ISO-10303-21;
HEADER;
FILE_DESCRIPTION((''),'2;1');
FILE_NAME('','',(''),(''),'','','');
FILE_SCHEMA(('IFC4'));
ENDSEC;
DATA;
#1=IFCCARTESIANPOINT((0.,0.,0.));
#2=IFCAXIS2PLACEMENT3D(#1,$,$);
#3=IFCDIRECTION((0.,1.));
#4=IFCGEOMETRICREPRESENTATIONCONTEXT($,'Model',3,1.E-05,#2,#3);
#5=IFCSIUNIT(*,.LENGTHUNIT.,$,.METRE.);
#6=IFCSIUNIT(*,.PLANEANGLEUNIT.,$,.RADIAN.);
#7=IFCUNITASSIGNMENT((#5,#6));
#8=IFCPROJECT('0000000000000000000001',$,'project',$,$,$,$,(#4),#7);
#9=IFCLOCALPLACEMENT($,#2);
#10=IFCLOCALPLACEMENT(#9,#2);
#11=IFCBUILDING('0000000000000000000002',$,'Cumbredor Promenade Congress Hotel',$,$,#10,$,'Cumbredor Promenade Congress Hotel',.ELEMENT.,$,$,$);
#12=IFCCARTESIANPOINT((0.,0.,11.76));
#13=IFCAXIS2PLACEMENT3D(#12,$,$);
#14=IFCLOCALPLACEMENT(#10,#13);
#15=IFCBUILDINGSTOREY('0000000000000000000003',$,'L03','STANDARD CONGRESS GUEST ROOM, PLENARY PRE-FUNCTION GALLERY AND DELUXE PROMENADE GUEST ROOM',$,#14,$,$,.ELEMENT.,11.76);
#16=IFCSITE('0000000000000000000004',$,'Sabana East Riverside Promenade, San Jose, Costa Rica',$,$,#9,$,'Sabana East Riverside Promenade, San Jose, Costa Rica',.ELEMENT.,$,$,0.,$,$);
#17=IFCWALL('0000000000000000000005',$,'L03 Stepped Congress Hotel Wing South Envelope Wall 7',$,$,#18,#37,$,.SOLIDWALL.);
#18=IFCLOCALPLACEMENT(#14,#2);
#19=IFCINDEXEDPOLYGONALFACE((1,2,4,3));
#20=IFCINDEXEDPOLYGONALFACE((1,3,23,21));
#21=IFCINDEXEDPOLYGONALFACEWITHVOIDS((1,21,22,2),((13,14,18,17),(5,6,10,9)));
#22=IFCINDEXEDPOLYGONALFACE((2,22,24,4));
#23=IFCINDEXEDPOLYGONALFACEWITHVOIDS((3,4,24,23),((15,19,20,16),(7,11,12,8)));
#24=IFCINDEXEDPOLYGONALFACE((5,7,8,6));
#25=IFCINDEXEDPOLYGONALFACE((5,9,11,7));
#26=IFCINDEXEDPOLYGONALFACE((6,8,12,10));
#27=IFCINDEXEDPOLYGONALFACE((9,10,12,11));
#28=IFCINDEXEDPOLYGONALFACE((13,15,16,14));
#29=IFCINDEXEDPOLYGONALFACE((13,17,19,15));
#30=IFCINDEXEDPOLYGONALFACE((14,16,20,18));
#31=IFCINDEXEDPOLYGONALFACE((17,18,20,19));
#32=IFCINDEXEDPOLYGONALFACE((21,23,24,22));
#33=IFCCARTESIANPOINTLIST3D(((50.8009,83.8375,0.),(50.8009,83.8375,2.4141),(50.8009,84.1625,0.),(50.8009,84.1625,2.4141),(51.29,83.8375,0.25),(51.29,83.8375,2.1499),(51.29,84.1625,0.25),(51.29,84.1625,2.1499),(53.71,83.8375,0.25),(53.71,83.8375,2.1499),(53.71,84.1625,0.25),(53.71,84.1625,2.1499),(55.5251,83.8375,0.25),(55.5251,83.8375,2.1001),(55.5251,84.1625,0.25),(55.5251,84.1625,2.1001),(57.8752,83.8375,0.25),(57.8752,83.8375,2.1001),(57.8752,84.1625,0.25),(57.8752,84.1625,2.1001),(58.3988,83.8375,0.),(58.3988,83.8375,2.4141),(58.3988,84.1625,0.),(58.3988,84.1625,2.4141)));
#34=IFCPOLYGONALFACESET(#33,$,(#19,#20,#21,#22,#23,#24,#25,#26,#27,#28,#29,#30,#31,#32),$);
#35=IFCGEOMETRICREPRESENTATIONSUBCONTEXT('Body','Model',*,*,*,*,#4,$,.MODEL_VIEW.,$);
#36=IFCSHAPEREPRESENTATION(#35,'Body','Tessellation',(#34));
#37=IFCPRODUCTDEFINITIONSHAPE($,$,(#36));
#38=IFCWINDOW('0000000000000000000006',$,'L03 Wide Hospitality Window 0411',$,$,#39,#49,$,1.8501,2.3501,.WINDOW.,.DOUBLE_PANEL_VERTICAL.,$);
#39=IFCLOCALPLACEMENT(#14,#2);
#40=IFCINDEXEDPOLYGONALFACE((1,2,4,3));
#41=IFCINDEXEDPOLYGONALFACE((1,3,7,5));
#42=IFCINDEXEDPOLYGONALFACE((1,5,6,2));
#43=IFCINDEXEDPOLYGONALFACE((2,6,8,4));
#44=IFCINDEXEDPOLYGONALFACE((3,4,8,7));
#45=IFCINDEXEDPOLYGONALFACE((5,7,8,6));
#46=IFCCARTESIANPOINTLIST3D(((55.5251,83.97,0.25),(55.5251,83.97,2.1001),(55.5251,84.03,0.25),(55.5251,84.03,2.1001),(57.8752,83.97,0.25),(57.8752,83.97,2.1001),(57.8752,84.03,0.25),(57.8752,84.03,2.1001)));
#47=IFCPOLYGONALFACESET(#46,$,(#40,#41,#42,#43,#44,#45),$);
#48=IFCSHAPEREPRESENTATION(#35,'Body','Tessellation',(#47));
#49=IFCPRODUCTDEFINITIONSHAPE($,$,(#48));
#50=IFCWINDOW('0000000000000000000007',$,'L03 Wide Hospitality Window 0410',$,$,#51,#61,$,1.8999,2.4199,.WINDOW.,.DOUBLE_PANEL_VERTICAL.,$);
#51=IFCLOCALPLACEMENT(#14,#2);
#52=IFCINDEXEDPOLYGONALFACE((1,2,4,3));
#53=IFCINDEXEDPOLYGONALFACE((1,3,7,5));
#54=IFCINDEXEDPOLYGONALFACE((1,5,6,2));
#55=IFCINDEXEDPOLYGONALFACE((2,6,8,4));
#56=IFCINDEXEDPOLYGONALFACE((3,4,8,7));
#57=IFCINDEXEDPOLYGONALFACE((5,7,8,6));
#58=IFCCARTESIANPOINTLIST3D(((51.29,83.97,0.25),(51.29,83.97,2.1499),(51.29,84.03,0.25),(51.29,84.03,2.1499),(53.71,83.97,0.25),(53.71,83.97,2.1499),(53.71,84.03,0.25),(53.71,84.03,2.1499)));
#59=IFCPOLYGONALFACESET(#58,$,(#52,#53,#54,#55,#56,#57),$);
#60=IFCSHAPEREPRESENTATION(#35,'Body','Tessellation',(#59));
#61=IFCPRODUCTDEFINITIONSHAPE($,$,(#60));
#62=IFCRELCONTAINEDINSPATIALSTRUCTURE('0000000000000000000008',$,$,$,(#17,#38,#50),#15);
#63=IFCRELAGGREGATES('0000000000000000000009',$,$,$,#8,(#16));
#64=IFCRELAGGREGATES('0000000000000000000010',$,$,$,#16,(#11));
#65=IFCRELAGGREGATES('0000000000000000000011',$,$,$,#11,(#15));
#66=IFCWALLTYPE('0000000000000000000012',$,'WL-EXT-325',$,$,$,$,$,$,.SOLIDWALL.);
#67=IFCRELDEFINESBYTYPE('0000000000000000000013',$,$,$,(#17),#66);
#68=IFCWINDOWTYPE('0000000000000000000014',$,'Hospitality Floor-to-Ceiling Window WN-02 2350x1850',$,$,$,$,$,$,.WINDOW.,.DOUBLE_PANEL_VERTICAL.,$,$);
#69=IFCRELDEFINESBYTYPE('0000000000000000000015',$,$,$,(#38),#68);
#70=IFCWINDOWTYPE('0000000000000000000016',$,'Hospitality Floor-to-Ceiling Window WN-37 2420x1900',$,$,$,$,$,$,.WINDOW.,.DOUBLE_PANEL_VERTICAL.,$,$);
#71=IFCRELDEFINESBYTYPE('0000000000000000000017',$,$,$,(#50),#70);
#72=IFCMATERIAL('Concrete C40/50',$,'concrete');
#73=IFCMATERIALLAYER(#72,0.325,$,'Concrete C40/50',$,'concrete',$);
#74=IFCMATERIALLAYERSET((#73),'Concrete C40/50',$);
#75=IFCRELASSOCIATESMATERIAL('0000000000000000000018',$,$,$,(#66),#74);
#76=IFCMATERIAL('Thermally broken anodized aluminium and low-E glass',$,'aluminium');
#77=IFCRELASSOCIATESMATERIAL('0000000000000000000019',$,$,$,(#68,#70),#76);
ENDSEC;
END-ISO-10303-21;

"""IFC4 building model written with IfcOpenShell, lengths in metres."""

from ifc_helpers import new_model, si_unit, direction, frame, frame_2d, origin, place, context, subcontext, project, spatial, rectangle, extrude, material, layer, layer_set, type_object, element, fill, save


model = new_model("IFC4")

# Units and contexts
model_context = context("Model", 3, precision=1e-05, world=origin(), true_north=direction((0.0, 1.0)))
body_context = subcontext(model_context, "Body", "Model", "MODEL_VIEW")
ifc_project = project(units=[si_unit("LENGTHUNIT", "METRE"), si_unit("PLANEANGLEUNIT", "RADIAN")], contexts=[model_context])

# Site, building, storey
site_placement = place(None, origin())
site = spatial("IfcSite", under=ifc_project, at=site_placement, Name="Sabana East Riverside Promenade, San Jose, Costa Rica", LongName="Sabana East Riverside Promenade, San Jose, Costa Rica", CompositionType="ELEMENT", RefElevation=0.0)
building_placement = place(site_placement, origin())
building = spatial("IfcBuilding", under=site, at=building_placement, Name="Cumbredor Promenade Congress Hotel", LongName="Cumbredor Promenade Congress Hotel", CompositionType="ELEMENT")
storey_placement = place(building_placement, frame((0.0, 0.0, 11.76)))
storey = spatial("IfcBuildingStorey", under=building, at=storey_placement, Name="L03", Description="STANDARD CONGRESS GUEST ROOM, PLENARY PRE-FUNCTION GALLERY AND DELUXE PROMENADE GUEST ROOM", CompositionType="ELEMENT", Elevation=11.76)

# Shared definitions
ifc_material_1 = material(Name="Thermally broken anodized aluminium and low-E glass", Category="aluminium")

# Wall, openings, windows
ifc_material_2 = material(Name="Concrete C40/50", Category="concrete")
ifc_layer_1 = layer(ifc_material_2, 0.325, Name="Concrete C40/50", Category="concrete")
ifc_layer_set_1 = layer_set([ifc_layer_1], Name="Concrete C40/50")
wall_type_1 = type_object("IfcWallType", Name="WL-EXT-325", PredefinedType="SOLIDWALL", material=ifc_layer_set_1)
wall_1_placement = place(storey_placement, frame((50.801, 84.0, 0.0), z_axis=(0.0, 0.0, 1.0), x_axis=(1.0, 0.0, 0.0)))
wall_1 = element("IfcWall", 1, at=wall_1_placement, inside=storey, type_object=wall_type_1, Name="L03 Stepped Congress Hotel Wing South Envelope Wall 7", PredefinedType="SOLIDWALL", context=body_context, shape_type="SweptSolid", body=[
    extrude(rectangle(XDim=7.5979, YDim=0.325, at=frame_2d((3.7988, 0.0))), origin(), (0.0, 0.0, 1.0), 2.4141),
])
opening_1_placement = place(wall_1_placement, frame((0.489, 0.0, 0.25)))
opening_1 = element("IfcOpeningElement", 2, at=opening_1_placement, cuts=wall_1, PredefinedType="OPENING", context=body_context, shape_type="SweptSolid", body=[
    extrude(rectangle(XDim=2.4199, YDim=1.8999, at=frame_2d((1.21, 0.95))), frame((0.0, 0.1724, 0.0), z_axis=(0.0, -1.0, 0.0), x_axis=(1.0, 0.0, 0.0)), (0.0, 0.0, 1.0), 0.345),
])
opening_2_placement = place(wall_1_placement, frame((4.7241, 0.0, 0.25)))
opening_2 = element("IfcOpeningElement", 3, at=opening_2_placement, cuts=wall_1, PredefinedType="OPENING", context=body_context, shape_type="SweptSolid", body=[
    extrude(rectangle(XDim=2.3501, YDim=1.8501, at=frame_2d((1.175, 0.925))), frame((0.0, 0.1724, 0.0), z_axis=(0.0, -1.0, 0.0), x_axis=(1.0, 0.0, 0.0)), (0.0, 0.0, 1.0), 0.345),
])
window_type_1 = type_object("IfcWindowType", Name="Hospitality Floor-to-Ceiling Window WN-02 2350x1850", PartitioningType="DOUBLE_PANEL_VERTICAL", PredefinedType="WINDOW", material=ifc_material_1)
window_1_placement = place(opening_2_placement, origin())
window_1 = element("IfcWindow", 4, at=window_1_placement, inside=storey, type_object=window_type_1, Name="L03 Wide Hospitality Window 0411", OverallHeight=1.8501, OverallWidth=2.3501, PartitioningType="DOUBLE_PANEL_VERTICAL", PredefinedType="WINDOW", context=body_context, shape_type="SweptSolid", body=[
    extrude(rectangle(XDim=2.3501, YDim=1.8501, at=frame_2d((1.175, 0.925))), frame((0.0, 0.03, 0.0), z_axis=(0.0, -1.0, 0.0), x_axis=(1.0, 0.0, 0.0)), (0.0, 0.0, 1.0), 0.0601),
])
fill(opening_2, window_1)
window_type_2 = type_object("IfcWindowType", Name="Hospitality Floor-to-Ceiling Window WN-37 2420x1900", PartitioningType="DOUBLE_PANEL_VERTICAL", PredefinedType="WINDOW", material=ifc_material_1)
window_2_placement = place(opening_1_placement, origin())
window_2 = element("IfcWindow", 5, at=window_2_placement, inside=storey, type_object=window_type_2, Name="L03 Wide Hospitality Window 0410", OverallHeight=1.8999, OverallWidth=2.4199, PartitioningType="DOUBLE_PANEL_VERTICAL", PredefinedType="WINDOW", context=body_context, shape_type="SweptSolid", body=[
    extrude(rectangle(XDim=2.4199, YDim=1.8999, at=frame_2d((1.21, 0.95))), frame((0.0, 0.03, 0.0), z_axis=(0.0, -1.0, 0.0), x_axis=(1.0, 0.0, 0.0)), (0.0, 0.0, 1.0), 0.0601),
])
fill(opening_1, window_2)

save(model, "model.ifc")
